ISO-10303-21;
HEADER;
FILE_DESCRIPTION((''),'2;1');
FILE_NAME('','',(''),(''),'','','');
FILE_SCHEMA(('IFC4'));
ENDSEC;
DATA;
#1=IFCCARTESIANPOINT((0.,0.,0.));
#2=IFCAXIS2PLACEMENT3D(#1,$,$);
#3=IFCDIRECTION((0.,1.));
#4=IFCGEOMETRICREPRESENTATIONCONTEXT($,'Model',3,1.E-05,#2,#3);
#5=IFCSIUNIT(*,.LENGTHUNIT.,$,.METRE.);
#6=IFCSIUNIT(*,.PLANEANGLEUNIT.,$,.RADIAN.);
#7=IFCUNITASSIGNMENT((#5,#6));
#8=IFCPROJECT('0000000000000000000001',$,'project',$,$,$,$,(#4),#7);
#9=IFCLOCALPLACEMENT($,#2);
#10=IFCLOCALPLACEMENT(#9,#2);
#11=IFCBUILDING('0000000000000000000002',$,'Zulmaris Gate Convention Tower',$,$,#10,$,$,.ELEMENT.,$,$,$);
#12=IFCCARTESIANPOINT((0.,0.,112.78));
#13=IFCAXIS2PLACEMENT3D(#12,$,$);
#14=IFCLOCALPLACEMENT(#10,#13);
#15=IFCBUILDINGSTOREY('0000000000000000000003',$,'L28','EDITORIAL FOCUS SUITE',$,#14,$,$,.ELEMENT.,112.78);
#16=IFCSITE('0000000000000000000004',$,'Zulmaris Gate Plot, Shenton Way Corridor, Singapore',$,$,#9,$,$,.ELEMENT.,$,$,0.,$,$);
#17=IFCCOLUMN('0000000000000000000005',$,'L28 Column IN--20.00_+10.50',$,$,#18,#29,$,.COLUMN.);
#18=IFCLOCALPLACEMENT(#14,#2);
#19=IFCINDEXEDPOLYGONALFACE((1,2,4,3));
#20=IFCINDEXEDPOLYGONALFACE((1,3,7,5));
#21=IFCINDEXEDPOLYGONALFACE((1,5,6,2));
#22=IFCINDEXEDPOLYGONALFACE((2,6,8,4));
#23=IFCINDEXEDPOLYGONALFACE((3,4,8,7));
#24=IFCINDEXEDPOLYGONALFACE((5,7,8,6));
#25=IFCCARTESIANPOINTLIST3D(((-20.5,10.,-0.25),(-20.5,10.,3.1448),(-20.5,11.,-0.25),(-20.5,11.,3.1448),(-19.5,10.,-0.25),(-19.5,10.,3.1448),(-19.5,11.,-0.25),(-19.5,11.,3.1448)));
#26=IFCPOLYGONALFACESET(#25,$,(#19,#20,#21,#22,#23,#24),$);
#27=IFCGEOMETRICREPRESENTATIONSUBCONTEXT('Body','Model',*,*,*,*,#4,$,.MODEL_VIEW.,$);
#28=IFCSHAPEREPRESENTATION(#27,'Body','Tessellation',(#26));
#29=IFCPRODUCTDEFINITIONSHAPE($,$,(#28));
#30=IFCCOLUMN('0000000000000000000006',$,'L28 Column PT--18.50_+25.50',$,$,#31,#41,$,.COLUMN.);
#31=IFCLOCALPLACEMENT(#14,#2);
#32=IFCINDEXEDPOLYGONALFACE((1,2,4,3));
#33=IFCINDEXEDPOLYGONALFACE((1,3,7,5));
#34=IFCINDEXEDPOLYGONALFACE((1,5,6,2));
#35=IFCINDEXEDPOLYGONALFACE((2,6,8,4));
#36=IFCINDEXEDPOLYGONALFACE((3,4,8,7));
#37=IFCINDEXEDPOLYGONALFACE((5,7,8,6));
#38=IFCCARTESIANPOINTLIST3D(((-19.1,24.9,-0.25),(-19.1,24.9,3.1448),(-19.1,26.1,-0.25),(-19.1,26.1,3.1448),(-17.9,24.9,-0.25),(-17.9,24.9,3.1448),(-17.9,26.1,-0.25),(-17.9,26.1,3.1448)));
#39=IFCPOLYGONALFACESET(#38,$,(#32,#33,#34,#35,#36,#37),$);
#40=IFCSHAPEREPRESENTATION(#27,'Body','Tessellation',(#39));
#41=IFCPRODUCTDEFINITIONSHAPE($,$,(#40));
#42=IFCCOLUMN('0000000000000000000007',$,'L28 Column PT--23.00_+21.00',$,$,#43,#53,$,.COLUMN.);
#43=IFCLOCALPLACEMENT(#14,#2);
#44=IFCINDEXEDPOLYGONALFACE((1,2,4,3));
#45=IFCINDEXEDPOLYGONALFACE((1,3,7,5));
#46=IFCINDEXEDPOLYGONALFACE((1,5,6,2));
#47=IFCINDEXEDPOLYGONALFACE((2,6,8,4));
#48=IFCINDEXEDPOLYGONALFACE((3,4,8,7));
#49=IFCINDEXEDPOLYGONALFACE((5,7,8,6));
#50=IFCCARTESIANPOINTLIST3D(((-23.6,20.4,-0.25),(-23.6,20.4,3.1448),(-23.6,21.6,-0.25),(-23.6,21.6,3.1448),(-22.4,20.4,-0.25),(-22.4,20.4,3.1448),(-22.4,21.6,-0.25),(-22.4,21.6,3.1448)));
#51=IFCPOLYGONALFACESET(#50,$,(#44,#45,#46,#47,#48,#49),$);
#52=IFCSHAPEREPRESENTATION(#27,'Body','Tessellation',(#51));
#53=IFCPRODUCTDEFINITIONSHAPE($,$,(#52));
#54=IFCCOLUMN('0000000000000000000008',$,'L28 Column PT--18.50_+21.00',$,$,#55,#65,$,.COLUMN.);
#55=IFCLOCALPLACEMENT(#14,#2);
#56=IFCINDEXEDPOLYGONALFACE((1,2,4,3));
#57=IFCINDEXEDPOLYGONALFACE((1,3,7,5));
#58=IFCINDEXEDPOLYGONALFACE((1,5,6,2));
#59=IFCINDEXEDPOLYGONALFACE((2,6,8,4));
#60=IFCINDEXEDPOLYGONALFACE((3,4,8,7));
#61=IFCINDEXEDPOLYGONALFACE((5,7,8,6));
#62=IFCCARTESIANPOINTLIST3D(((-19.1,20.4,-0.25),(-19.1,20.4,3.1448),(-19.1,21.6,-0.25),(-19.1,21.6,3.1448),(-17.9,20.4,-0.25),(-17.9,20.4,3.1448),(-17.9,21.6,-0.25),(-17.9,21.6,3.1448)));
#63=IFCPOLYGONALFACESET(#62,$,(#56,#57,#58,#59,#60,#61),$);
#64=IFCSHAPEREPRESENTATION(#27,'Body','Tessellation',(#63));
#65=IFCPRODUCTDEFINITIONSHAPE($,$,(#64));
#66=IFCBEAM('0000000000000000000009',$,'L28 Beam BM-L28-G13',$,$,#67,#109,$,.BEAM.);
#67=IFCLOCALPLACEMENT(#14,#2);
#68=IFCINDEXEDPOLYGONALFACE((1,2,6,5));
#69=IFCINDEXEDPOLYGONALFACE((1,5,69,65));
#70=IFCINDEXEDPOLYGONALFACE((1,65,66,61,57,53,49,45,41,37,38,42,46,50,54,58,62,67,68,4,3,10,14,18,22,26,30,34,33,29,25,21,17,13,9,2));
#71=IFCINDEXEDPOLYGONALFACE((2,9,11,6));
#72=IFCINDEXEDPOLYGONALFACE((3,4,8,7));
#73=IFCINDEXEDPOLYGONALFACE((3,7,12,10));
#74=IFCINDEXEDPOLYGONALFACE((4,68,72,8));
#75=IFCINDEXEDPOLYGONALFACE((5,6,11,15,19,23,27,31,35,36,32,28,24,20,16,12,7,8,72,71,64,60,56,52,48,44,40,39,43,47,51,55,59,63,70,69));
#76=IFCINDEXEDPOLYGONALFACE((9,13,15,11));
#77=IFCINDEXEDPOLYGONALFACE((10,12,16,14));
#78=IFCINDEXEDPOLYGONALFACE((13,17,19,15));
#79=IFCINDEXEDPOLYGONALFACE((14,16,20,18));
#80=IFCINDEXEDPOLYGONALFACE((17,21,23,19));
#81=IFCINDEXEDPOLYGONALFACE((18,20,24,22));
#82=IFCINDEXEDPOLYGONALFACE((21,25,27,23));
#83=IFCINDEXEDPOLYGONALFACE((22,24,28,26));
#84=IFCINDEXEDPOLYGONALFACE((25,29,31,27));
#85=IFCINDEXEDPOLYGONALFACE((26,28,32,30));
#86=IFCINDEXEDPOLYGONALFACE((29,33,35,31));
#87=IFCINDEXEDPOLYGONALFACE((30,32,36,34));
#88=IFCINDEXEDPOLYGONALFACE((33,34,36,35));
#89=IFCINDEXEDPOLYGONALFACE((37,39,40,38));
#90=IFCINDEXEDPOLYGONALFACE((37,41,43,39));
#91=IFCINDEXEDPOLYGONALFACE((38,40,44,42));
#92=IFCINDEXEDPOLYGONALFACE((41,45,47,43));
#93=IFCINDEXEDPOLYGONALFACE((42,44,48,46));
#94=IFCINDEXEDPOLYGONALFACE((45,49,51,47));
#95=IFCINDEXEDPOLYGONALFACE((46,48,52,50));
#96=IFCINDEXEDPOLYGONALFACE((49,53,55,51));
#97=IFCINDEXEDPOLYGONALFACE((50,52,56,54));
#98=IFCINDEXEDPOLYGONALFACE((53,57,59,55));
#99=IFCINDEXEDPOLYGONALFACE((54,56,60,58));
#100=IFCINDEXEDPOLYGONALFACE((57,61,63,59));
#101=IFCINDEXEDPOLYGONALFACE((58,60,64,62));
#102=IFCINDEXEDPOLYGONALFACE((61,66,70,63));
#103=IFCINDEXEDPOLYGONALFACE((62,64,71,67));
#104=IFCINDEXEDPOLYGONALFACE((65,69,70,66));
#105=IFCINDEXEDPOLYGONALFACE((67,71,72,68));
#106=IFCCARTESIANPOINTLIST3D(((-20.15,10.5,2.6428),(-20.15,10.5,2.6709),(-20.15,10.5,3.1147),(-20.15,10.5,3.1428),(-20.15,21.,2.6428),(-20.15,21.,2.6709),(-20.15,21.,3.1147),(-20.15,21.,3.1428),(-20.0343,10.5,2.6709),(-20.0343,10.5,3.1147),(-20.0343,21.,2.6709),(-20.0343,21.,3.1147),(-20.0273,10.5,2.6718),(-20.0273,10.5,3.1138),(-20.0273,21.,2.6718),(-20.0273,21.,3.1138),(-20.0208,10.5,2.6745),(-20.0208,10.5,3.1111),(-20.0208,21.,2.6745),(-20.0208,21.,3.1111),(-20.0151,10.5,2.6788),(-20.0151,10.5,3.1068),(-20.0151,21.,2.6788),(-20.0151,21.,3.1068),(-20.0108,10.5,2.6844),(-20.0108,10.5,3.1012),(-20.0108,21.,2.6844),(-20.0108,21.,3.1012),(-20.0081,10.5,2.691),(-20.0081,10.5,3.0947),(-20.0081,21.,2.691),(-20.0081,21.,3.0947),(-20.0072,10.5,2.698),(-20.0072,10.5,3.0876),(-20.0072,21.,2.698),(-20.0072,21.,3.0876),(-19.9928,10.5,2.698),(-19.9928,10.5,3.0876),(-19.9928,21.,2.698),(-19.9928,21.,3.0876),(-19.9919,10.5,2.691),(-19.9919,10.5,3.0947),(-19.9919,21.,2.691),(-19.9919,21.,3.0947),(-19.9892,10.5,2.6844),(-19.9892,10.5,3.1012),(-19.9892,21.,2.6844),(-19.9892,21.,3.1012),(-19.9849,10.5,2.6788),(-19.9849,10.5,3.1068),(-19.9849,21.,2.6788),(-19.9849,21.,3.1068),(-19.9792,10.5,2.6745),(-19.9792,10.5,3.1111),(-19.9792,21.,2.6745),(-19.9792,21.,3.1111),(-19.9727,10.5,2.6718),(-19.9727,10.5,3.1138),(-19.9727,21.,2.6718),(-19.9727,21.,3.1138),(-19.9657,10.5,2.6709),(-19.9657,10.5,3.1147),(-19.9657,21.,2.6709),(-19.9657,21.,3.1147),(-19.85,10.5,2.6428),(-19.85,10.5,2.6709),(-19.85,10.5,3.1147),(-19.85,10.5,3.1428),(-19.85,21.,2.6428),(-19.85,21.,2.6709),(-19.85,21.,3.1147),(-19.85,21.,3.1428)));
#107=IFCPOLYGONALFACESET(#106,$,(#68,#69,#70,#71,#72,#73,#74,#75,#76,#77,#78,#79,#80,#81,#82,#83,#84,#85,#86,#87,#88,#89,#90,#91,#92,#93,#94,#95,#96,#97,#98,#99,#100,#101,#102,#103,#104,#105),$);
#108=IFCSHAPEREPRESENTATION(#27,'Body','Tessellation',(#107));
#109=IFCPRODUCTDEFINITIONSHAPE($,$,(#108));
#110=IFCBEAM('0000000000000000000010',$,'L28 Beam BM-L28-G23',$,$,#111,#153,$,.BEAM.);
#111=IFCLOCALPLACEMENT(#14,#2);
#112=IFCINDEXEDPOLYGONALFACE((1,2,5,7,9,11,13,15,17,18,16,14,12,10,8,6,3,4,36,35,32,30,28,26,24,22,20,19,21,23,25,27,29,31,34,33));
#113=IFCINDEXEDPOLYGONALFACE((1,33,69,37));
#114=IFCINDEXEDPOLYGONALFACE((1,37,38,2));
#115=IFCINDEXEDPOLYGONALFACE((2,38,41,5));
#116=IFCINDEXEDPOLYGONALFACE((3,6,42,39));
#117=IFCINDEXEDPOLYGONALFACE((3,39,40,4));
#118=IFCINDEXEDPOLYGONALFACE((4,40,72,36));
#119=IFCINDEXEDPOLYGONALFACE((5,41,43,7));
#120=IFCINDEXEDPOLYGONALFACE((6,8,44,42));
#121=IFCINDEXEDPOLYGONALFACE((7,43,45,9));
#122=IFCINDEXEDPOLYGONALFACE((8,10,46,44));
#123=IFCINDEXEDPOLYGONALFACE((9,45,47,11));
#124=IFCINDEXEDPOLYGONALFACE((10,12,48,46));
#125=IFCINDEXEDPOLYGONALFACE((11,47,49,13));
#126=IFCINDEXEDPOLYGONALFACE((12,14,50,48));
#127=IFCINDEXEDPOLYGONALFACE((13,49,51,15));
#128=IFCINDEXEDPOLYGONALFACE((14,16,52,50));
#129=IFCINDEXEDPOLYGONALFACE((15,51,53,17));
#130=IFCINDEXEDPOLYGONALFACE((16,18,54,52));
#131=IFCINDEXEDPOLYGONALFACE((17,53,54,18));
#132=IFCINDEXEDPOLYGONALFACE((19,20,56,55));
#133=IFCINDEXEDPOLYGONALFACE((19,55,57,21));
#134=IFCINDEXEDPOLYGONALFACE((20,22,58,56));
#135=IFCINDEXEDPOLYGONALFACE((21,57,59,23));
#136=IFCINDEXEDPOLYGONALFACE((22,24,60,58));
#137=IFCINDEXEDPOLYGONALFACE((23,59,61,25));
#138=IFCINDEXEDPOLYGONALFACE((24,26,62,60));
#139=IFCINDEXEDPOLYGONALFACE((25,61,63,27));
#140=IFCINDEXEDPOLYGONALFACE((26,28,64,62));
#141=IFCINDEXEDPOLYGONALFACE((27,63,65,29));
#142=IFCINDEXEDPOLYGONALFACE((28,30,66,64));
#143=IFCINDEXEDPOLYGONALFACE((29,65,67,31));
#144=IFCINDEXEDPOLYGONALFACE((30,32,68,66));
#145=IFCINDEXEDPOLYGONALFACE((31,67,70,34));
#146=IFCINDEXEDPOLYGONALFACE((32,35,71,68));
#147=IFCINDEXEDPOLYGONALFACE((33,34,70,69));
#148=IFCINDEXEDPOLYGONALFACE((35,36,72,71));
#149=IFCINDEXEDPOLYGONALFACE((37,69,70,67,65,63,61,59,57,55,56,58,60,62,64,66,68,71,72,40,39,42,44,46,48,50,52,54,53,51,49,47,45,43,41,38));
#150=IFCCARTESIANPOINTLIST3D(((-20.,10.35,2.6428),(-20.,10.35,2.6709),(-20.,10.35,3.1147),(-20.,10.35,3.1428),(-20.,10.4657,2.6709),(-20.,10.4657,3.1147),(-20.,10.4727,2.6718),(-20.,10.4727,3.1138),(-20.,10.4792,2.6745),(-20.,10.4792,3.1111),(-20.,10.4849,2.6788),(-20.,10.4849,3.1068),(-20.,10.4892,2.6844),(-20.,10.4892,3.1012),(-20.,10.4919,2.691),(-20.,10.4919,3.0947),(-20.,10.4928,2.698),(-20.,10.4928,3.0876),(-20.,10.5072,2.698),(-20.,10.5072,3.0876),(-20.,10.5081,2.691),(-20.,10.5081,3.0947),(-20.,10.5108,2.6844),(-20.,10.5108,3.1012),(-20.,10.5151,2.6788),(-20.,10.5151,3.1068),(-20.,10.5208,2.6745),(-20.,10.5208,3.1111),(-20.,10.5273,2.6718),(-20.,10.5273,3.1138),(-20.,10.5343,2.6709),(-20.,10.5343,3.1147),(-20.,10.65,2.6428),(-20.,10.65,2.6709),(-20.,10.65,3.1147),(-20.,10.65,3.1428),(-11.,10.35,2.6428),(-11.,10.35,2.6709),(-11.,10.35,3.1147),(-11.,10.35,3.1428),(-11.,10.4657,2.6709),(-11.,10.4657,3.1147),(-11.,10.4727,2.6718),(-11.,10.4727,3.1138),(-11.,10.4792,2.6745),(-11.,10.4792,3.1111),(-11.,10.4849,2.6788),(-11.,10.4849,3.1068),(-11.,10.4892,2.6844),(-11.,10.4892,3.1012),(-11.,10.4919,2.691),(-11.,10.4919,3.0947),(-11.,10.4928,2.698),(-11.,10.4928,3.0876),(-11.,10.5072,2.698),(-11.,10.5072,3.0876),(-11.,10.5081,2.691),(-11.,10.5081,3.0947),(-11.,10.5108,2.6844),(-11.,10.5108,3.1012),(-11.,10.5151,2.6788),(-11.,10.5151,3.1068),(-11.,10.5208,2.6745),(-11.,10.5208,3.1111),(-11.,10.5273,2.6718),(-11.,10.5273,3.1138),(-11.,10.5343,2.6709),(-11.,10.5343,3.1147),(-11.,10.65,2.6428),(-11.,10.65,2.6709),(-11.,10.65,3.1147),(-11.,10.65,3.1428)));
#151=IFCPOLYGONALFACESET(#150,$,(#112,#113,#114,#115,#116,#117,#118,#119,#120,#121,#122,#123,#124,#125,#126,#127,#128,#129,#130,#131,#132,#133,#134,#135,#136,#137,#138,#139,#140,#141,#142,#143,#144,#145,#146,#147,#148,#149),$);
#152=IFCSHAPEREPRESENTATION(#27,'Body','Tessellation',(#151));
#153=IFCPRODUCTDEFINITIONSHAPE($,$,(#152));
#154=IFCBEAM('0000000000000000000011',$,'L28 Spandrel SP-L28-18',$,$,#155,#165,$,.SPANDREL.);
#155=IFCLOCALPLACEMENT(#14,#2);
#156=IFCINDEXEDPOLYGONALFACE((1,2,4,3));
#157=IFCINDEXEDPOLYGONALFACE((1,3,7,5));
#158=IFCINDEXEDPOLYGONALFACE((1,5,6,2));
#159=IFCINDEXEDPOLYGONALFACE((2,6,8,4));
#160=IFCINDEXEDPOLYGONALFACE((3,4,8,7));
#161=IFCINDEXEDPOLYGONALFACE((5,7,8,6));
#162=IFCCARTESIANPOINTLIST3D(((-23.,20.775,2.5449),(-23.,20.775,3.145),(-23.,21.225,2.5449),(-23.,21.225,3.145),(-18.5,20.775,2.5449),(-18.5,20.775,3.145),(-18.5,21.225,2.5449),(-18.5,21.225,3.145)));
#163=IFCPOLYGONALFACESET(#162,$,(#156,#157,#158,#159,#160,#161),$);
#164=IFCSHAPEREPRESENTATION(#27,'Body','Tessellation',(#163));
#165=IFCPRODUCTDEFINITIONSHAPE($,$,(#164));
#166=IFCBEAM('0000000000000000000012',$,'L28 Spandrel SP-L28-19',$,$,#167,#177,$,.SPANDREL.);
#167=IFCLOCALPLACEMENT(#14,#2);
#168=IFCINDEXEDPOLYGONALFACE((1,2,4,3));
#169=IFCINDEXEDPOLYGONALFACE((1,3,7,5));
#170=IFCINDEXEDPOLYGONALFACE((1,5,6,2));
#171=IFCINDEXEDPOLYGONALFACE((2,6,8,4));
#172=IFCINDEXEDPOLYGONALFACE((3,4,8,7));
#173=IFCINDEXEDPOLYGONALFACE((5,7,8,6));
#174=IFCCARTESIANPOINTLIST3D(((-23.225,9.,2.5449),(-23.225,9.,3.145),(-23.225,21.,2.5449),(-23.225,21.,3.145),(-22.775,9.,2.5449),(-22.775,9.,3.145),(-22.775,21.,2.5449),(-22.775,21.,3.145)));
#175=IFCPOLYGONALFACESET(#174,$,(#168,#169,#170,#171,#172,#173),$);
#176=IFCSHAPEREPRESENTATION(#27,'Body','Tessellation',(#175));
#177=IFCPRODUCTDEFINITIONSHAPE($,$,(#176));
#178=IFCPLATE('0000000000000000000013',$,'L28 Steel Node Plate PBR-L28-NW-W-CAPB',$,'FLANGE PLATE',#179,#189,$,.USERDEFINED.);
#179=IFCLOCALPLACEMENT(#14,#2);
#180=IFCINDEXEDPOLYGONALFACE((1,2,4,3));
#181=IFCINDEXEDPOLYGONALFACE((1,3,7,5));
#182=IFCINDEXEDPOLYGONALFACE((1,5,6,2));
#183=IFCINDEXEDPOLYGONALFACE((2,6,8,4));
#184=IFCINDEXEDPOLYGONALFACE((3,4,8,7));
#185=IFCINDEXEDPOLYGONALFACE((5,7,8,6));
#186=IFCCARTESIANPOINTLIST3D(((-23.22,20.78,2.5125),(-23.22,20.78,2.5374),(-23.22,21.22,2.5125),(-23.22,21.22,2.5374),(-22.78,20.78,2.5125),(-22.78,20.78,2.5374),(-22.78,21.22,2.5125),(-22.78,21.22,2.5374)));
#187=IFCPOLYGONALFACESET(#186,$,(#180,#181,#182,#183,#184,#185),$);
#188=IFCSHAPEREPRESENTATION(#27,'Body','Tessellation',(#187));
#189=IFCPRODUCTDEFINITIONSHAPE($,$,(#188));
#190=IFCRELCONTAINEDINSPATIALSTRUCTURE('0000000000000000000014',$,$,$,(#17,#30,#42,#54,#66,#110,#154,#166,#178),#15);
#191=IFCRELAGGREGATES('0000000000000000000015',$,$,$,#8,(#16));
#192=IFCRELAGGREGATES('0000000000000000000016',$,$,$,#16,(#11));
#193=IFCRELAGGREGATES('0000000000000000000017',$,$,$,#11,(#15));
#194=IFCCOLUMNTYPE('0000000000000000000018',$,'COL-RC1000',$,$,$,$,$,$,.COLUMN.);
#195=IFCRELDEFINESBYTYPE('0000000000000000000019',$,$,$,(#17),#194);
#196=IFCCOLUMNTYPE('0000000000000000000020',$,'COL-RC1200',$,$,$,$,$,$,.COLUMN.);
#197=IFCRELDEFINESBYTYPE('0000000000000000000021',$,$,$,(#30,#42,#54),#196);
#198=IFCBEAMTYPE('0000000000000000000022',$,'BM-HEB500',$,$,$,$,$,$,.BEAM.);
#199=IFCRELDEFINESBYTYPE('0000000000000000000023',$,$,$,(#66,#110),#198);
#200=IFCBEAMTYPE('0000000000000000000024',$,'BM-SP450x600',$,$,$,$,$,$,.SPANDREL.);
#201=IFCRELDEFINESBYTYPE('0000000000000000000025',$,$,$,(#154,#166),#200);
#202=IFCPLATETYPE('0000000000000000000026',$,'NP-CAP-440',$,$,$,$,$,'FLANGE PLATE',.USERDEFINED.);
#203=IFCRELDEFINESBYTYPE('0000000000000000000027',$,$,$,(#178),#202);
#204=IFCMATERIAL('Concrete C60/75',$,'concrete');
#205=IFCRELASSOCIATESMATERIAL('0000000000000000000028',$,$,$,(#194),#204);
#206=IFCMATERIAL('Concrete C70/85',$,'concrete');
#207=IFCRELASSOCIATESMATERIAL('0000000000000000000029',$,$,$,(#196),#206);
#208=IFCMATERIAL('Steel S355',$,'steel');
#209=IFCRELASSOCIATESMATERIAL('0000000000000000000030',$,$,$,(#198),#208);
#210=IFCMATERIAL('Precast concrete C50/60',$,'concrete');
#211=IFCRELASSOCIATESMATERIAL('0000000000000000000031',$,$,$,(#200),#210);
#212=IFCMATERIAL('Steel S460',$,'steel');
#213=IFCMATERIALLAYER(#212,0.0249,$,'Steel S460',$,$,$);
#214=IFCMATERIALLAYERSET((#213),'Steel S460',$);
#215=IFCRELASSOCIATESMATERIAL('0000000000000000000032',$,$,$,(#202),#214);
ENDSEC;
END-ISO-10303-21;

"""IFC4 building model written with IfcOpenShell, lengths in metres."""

from ifc_helpers import new_model, si_unit, direction, frame, origin, origin_2d, place, context, subcontext, project, spatial, rectangle, i_section, extrude, material, layer, layer_set, material_profile, profile_set, type_object, element, save


model = new_model("IFC4")

# Units and contexts
model_context = context("Model", 3, precision=1e-05, world=origin(), true_north=direction((0.0, 1.0)))
body_context = subcontext(model_context, "Body", "Model", "MODEL_VIEW")
ifc_project = project(units=[si_unit("LENGTHUNIT", "METRE"), si_unit("PLANEANGLEUNIT", "RADIAN")], contexts=[model_context])

# Site, building, storey
site_placement = place(None, origin())
site = spatial("IfcSite", under=ifc_project, at=site_placement, Name="Zulmaris Gate Plot, Shenton Way Corridor, Singapore", CompositionType="ELEMENT", RefElevation=0.0)
building_placement = place(site_placement, origin())
building = spatial("IfcBuilding", under=site, at=building_placement, Name="Zulmaris Gate Convention Tower", CompositionType="ELEMENT")
storey_placement = place(building_placement, frame((0.0, 0.0, 112.78)))
storey = spatial("IfcBuildingStorey", under=building, at=storey_placement, Name="L28", Description="EDITORIAL FOCUS SUITE", CompositionType="ELEMENT", Elevation=112.78)

# Columns
ifc_material_1 = material(Name="Concrete C60/75", Category="concrete")
ifc_material_profile_1 = material_profile(ifc_material_1, rectangle(XDim=1.0, YDim=1.0, at=origin_2d()), Name="RC COL 1000x1000")
ifc_profile_set_1 = profile_set([ifc_material_profile_1], Name="Concrete C60/75")
column_type_1 = type_object("IfcColumnType", Name="COL-RC1000", PredefinedType="COLUMN", material=ifc_profile_set_1)
column_placement = place(storey_placement, frame((-20.0, 10.5, -0.25), z_axis=(0.0, 0.0, 1.0), x_axis=(1.0, 0.0, 0.0)))
element("IfcColumn", 1, at=column_placement, inside=storey, type_object=column_type_1, Name="L28 Column IN--20.00_+10.50", PredefinedType="COLUMN", context=body_context, shape_type="SweptSolid", body=[
    extrude(rectangle(XDim=1.0, YDim=1.0, at=origin_2d()), origin(), (0.0, 0.0, 1.0), 3.3948),
])
ifc_material_2 = material(Name="Concrete C70/85", Category="concrete")
ifc_material_profile_2 = material_profile(ifc_material_2, rectangle(XDim=1.2, YDim=1.2, at=origin_2d()), Name="RC COL 1200x1200")
ifc_profile_set_2 = profile_set([ifc_material_profile_2], Name="Concrete C70/85")
column_type_2 = type_object("IfcColumnType", Name="COL-RC1200", PredefinedType="COLUMN", material=ifc_profile_set_2)
for number, where, z_axis, x_axis, name in (
    (2, (-18.5, 25.5, -0.25), (0.0, 0.0, 1.0), (1.0, 0.0, 0.0), "L28 Column PT--18.50_+25.50"),
    (3, (-23.0, 21.0, -0.25), (0.0, 0.0, 1.0), (1.0, 0.0, 0.0), "L28 Column PT--23.00_+21.00"),
    (4, (-18.5, 21.0, -0.25), (0.0, 0.0, 1.0), (1.0, 0.0, 0.0), "L28 Column PT--18.50_+21.00"),
):
    element("IfcColumn", number, at=place(storey_placement, frame(where, z_axis=z_axis, x_axis=x_axis)), inside=storey, type_object=column_type_2, Name=name, PredefinedType="COLUMN", context=body_context, shape_type="SweptSolid", body=[
        extrude(rectangle(XDim=1.2, YDim=1.2, at=origin_2d()), origin(), (0.0, 0.0, 1.0), 3.3948),
    ])

# Beams
ifc_material_3 = material(Name="Steel S355", Category="steel")
ifc_material_profile_3 = material_profile(ifc_material_3, i_section(OverallWidth=0.3, OverallDepth=0.5, WebThickness=0.0144, FlangeThickness=0.0281, FilletRadius=0.0271, at=origin_2d()), Name="HEB 500")
ifc_profile_set_3 = profile_set([ifc_material_profile_3], Name="Steel S355")
beam_type_1 = type_object("IfcBeamType", Name="BM-HEB500", PredefinedType="BEAM", material=ifc_profile_set_3)
beam_1_placement = place(storey_placement, frame((-20.0, 10.5, 2.8928), z_axis=(0.0, 1.0, 0.0), x_axis=(-1.0, 0.0, 0.0)))
element("IfcBeam", 5, at=beam_1_placement, inside=storey, type_object=beam_type_1, Name="L28 Beam BM-L28-G13", PredefinedType="BEAM", context=body_context, shape_type="SweptSolid", body=[
    extrude(i_section(OverallWidth=0.3, OverallDepth=0.5, WebThickness=0.0144, FlangeThickness=0.0281, FilletRadius=0.0271, at=origin_2d()), origin(), (0.0, 0.0, 1.0), 10.5),
])
beam_2_placement = place(storey_placement, frame((-20.0, 10.5, 2.8928), z_axis=(1.0, 0.0, 0.0), x_axis=(0.0, 1.0, 0.0)))
element("IfcBeam", 6, at=beam_2_placement, inside=storey, type_object=beam_type_1, Name="L28 Beam BM-L28-G23", PredefinedType="BEAM", context=body_context, shape_type="SweptSolid", body=[
    extrude(i_section(OverallWidth=0.3, OverallDepth=0.5, WebThickness=0.0144, FlangeThickness=0.0281, FilletRadius=0.0271, at=origin_2d()), origin(), (0.0, 0.0, 1.0), 9.0),
])
ifc_material_4 = material(Name="Precast concrete C50/60", Category="concrete")
ifc_material_profile_4 = material_profile(ifc_material_4, rectangle(XDim=0.45, YDim=0.6001, at=origin_2d()), Name="RC SPANDREL 450x600")
ifc_profile_set_4 = profile_set([ifc_material_profile_4], Name="Precast concrete C50/60")
beam_type_2 = type_object("IfcBeamType", Name="BM-SP450x600", PredefinedType="SPANDREL", material=ifc_profile_set_4)
beam_3_placement = place(storey_placement, frame((-18.5, 21.0, 2.845), z_axis=(-1.0, 0.0, 0.0), x_axis=(0.0, -1.0, 0.0)))
element("IfcBeam", 7, at=beam_3_placement, inside=storey, type_object=beam_type_2, Name="L28 Spandrel SP-L28-18", PredefinedType="SPANDREL", context=body_context, shape_type="SweptSolid", body=[
    extrude(rectangle(XDim=0.45, YDim=0.6001, at=origin_2d()), origin(), (0.0, 0.0, 1.0), 4.5),
])
beam_4_placement = place(storey_placement, frame((-23.0, 21.0, 2.845), z_axis=(0.0, -1.0, 0.0), x_axis=(1.0, 0.0, 0.0)))
element("IfcBeam", 8, at=beam_4_placement, inside=storey, type_object=beam_type_2, Name="L28 Spandrel SP-L28-19", PredefinedType="SPANDREL", context=body_context, shape_type="SweptSolid", body=[
    extrude(rectangle(XDim=0.45, YDim=0.6001, at=origin_2d()), origin(), (0.0, 0.0, 1.0), 12.0),
])

# Plate
ifc_material_5 = material(Name="Steel S460", Category="steel")
ifc_layer_1 = layer(ifc_material_5, 0.0249, Name="Steel S460")
ifc_layer_set_1 = layer_set([ifc_layer_1], Name="Steel S460")
plate_type = type_object("IfcPlateType", Name="NP-CAP-440", ElementType="FLANGE PLATE", PredefinedType="USERDEFINED", material=ifc_layer_set_1)
plate_placement = place(storey_placement, frame((-23.0, 21.0, 2.5125), z_axis=(0.0, 0.0, 1.0), x_axis=(1.0, 0.0, 0.0)))
element("IfcPlate", 9, at=plate_placement, inside=storey, type_object=plate_type, Name="L28 Steel Node Plate PBR-L28-NW-W-CAPB", ObjectType="FLANGE PLATE", PredefinedType="USERDEFINED", context=body_context, shape_type="SweptSolid", body=[
    extrude(rectangle(XDim=0.4399, YDim=0.4399, at=origin_2d()), origin(), (0.0, 0.0, 1.0), 0.0249),
])

save(model, "model.ifc")
